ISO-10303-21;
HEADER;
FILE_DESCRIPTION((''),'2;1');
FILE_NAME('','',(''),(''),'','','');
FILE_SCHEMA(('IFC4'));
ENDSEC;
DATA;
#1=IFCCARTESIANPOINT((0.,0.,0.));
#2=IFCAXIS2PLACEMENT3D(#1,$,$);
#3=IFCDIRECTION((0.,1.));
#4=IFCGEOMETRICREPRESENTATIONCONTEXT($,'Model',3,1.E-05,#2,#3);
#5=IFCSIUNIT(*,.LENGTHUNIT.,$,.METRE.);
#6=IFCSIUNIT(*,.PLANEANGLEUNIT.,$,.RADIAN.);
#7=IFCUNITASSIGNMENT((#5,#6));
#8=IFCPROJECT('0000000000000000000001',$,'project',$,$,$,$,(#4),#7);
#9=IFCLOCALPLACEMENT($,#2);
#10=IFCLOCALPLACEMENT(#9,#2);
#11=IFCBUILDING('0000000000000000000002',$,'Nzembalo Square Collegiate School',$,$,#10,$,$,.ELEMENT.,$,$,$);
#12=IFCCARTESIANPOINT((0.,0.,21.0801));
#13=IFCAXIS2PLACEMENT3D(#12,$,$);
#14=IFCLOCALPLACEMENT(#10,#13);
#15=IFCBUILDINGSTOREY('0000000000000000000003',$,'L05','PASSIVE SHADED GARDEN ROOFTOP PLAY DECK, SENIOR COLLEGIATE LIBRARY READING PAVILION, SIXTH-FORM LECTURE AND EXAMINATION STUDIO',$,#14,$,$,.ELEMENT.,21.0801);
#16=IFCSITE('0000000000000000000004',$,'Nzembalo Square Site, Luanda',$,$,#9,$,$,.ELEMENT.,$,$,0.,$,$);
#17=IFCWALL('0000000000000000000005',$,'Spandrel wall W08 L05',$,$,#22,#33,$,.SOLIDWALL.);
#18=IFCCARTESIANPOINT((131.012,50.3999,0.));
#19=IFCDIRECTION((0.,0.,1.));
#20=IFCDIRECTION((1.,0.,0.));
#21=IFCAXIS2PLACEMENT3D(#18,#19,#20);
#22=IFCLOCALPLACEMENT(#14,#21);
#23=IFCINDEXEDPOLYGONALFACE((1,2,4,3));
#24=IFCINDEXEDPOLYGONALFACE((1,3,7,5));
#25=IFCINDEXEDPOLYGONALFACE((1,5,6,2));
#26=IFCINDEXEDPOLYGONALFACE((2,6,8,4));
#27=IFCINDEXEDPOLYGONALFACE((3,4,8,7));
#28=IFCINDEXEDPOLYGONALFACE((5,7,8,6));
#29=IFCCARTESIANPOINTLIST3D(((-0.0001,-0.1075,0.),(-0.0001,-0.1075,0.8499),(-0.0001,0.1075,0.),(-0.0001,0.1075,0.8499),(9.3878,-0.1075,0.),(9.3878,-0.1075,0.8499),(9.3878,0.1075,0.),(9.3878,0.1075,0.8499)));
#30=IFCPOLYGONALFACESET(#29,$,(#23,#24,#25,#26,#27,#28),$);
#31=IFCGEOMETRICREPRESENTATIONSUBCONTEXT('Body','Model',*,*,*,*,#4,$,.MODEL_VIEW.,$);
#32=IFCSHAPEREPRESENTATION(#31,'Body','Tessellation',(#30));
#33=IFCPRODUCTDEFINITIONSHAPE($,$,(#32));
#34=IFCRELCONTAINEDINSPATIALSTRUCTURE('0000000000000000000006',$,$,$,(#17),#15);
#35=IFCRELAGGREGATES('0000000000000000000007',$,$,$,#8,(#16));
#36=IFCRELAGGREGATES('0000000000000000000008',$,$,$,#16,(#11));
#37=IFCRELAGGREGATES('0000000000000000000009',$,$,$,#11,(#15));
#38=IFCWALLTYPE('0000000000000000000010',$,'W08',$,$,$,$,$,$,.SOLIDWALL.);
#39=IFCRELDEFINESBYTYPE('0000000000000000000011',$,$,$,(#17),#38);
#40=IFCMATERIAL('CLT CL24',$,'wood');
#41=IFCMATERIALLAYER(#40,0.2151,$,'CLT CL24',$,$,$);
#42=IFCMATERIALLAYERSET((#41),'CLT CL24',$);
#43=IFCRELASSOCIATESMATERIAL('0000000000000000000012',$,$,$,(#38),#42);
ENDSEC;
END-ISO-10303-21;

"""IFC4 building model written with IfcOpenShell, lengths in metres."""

from ifc_helpers import new_model, si_unit, direction, frame, frame_2d, origin, place, context, subcontext, project, spatial, rectangle, extrude, material, layer, layer_set, type_object, element, save


model = new_model("IFC4")

# Units and contexts
model_context = context("Model", 3, precision=1e-05, world=origin(), true_north=direction((0.0, 1.0)))
body_context = subcontext(model_context, "Body", "Model", "MODEL_VIEW")
ifc_project = project(units=[si_unit("LENGTHUNIT", "METRE"), si_unit("PLANEANGLEUNIT", "RADIAN")], contexts=[model_context])

# Site, building, storey
site_placement = place(None, origin())
site = spatial("IfcSite", under=ifc_project, at=site_placement, Name="Nzembalo Square Site, Luanda", CompositionType="ELEMENT", RefElevation=0.0)
building_placement = place(site_placement, origin())
building = spatial("IfcBuilding", under=site, at=building_placement, Name="Nzembalo Square Collegiate School", CompositionType="ELEMENT")
storey_placement = place(building_placement, frame((0.0, 0.0, 21.0801)))
storey = spatial("IfcBuildingStorey", under=building, at=storey_placement, Name="L05", Description="PASSIVE SHADED GARDEN ROOFTOP PLAY DECK, SENIOR COLLEGIATE LIBRARY READING PAVILION, SIXTH-FORM LECTURE AND EXAMINATION STUDIO", CompositionType="ELEMENT", Elevation=21.0801)

# Wall
ifc_material_1 = material(Name="CLT CL24", Category="wood")
ifc_layer_1 = layer(ifc_material_1, 0.2151, Name="CLT CL24")
ifc_layer_set_1 = layer_set([ifc_layer_1], Name="CLT CL24")
wall_type_1 = type_object("IfcWallType", Name="W08", PredefinedType="SOLIDWALL", material=ifc_layer_set_1)
wall_1_placement = place(storey_placement, frame((131.012, 50.3999, 0.0), z_axis=(0.0, 0.0, 1.0), x_axis=(1.0, 0.0, 0.0)))
element("IfcWall", 1, at=wall_1_placement, inside=storey, type_object=wall_type_1, Name="Spandrel wall W08 L05", PredefinedType="SOLIDWALL", context=body_context, shape_type="SweptSolid", body=[
    extrude(rectangle(XDim=9.3879, YDim=0.2151, at=frame_2d((4.6938, 0.0))), origin(), (0.0, 0.0, 1.0), 0.8499),
])

save(model, "model.ifc")
